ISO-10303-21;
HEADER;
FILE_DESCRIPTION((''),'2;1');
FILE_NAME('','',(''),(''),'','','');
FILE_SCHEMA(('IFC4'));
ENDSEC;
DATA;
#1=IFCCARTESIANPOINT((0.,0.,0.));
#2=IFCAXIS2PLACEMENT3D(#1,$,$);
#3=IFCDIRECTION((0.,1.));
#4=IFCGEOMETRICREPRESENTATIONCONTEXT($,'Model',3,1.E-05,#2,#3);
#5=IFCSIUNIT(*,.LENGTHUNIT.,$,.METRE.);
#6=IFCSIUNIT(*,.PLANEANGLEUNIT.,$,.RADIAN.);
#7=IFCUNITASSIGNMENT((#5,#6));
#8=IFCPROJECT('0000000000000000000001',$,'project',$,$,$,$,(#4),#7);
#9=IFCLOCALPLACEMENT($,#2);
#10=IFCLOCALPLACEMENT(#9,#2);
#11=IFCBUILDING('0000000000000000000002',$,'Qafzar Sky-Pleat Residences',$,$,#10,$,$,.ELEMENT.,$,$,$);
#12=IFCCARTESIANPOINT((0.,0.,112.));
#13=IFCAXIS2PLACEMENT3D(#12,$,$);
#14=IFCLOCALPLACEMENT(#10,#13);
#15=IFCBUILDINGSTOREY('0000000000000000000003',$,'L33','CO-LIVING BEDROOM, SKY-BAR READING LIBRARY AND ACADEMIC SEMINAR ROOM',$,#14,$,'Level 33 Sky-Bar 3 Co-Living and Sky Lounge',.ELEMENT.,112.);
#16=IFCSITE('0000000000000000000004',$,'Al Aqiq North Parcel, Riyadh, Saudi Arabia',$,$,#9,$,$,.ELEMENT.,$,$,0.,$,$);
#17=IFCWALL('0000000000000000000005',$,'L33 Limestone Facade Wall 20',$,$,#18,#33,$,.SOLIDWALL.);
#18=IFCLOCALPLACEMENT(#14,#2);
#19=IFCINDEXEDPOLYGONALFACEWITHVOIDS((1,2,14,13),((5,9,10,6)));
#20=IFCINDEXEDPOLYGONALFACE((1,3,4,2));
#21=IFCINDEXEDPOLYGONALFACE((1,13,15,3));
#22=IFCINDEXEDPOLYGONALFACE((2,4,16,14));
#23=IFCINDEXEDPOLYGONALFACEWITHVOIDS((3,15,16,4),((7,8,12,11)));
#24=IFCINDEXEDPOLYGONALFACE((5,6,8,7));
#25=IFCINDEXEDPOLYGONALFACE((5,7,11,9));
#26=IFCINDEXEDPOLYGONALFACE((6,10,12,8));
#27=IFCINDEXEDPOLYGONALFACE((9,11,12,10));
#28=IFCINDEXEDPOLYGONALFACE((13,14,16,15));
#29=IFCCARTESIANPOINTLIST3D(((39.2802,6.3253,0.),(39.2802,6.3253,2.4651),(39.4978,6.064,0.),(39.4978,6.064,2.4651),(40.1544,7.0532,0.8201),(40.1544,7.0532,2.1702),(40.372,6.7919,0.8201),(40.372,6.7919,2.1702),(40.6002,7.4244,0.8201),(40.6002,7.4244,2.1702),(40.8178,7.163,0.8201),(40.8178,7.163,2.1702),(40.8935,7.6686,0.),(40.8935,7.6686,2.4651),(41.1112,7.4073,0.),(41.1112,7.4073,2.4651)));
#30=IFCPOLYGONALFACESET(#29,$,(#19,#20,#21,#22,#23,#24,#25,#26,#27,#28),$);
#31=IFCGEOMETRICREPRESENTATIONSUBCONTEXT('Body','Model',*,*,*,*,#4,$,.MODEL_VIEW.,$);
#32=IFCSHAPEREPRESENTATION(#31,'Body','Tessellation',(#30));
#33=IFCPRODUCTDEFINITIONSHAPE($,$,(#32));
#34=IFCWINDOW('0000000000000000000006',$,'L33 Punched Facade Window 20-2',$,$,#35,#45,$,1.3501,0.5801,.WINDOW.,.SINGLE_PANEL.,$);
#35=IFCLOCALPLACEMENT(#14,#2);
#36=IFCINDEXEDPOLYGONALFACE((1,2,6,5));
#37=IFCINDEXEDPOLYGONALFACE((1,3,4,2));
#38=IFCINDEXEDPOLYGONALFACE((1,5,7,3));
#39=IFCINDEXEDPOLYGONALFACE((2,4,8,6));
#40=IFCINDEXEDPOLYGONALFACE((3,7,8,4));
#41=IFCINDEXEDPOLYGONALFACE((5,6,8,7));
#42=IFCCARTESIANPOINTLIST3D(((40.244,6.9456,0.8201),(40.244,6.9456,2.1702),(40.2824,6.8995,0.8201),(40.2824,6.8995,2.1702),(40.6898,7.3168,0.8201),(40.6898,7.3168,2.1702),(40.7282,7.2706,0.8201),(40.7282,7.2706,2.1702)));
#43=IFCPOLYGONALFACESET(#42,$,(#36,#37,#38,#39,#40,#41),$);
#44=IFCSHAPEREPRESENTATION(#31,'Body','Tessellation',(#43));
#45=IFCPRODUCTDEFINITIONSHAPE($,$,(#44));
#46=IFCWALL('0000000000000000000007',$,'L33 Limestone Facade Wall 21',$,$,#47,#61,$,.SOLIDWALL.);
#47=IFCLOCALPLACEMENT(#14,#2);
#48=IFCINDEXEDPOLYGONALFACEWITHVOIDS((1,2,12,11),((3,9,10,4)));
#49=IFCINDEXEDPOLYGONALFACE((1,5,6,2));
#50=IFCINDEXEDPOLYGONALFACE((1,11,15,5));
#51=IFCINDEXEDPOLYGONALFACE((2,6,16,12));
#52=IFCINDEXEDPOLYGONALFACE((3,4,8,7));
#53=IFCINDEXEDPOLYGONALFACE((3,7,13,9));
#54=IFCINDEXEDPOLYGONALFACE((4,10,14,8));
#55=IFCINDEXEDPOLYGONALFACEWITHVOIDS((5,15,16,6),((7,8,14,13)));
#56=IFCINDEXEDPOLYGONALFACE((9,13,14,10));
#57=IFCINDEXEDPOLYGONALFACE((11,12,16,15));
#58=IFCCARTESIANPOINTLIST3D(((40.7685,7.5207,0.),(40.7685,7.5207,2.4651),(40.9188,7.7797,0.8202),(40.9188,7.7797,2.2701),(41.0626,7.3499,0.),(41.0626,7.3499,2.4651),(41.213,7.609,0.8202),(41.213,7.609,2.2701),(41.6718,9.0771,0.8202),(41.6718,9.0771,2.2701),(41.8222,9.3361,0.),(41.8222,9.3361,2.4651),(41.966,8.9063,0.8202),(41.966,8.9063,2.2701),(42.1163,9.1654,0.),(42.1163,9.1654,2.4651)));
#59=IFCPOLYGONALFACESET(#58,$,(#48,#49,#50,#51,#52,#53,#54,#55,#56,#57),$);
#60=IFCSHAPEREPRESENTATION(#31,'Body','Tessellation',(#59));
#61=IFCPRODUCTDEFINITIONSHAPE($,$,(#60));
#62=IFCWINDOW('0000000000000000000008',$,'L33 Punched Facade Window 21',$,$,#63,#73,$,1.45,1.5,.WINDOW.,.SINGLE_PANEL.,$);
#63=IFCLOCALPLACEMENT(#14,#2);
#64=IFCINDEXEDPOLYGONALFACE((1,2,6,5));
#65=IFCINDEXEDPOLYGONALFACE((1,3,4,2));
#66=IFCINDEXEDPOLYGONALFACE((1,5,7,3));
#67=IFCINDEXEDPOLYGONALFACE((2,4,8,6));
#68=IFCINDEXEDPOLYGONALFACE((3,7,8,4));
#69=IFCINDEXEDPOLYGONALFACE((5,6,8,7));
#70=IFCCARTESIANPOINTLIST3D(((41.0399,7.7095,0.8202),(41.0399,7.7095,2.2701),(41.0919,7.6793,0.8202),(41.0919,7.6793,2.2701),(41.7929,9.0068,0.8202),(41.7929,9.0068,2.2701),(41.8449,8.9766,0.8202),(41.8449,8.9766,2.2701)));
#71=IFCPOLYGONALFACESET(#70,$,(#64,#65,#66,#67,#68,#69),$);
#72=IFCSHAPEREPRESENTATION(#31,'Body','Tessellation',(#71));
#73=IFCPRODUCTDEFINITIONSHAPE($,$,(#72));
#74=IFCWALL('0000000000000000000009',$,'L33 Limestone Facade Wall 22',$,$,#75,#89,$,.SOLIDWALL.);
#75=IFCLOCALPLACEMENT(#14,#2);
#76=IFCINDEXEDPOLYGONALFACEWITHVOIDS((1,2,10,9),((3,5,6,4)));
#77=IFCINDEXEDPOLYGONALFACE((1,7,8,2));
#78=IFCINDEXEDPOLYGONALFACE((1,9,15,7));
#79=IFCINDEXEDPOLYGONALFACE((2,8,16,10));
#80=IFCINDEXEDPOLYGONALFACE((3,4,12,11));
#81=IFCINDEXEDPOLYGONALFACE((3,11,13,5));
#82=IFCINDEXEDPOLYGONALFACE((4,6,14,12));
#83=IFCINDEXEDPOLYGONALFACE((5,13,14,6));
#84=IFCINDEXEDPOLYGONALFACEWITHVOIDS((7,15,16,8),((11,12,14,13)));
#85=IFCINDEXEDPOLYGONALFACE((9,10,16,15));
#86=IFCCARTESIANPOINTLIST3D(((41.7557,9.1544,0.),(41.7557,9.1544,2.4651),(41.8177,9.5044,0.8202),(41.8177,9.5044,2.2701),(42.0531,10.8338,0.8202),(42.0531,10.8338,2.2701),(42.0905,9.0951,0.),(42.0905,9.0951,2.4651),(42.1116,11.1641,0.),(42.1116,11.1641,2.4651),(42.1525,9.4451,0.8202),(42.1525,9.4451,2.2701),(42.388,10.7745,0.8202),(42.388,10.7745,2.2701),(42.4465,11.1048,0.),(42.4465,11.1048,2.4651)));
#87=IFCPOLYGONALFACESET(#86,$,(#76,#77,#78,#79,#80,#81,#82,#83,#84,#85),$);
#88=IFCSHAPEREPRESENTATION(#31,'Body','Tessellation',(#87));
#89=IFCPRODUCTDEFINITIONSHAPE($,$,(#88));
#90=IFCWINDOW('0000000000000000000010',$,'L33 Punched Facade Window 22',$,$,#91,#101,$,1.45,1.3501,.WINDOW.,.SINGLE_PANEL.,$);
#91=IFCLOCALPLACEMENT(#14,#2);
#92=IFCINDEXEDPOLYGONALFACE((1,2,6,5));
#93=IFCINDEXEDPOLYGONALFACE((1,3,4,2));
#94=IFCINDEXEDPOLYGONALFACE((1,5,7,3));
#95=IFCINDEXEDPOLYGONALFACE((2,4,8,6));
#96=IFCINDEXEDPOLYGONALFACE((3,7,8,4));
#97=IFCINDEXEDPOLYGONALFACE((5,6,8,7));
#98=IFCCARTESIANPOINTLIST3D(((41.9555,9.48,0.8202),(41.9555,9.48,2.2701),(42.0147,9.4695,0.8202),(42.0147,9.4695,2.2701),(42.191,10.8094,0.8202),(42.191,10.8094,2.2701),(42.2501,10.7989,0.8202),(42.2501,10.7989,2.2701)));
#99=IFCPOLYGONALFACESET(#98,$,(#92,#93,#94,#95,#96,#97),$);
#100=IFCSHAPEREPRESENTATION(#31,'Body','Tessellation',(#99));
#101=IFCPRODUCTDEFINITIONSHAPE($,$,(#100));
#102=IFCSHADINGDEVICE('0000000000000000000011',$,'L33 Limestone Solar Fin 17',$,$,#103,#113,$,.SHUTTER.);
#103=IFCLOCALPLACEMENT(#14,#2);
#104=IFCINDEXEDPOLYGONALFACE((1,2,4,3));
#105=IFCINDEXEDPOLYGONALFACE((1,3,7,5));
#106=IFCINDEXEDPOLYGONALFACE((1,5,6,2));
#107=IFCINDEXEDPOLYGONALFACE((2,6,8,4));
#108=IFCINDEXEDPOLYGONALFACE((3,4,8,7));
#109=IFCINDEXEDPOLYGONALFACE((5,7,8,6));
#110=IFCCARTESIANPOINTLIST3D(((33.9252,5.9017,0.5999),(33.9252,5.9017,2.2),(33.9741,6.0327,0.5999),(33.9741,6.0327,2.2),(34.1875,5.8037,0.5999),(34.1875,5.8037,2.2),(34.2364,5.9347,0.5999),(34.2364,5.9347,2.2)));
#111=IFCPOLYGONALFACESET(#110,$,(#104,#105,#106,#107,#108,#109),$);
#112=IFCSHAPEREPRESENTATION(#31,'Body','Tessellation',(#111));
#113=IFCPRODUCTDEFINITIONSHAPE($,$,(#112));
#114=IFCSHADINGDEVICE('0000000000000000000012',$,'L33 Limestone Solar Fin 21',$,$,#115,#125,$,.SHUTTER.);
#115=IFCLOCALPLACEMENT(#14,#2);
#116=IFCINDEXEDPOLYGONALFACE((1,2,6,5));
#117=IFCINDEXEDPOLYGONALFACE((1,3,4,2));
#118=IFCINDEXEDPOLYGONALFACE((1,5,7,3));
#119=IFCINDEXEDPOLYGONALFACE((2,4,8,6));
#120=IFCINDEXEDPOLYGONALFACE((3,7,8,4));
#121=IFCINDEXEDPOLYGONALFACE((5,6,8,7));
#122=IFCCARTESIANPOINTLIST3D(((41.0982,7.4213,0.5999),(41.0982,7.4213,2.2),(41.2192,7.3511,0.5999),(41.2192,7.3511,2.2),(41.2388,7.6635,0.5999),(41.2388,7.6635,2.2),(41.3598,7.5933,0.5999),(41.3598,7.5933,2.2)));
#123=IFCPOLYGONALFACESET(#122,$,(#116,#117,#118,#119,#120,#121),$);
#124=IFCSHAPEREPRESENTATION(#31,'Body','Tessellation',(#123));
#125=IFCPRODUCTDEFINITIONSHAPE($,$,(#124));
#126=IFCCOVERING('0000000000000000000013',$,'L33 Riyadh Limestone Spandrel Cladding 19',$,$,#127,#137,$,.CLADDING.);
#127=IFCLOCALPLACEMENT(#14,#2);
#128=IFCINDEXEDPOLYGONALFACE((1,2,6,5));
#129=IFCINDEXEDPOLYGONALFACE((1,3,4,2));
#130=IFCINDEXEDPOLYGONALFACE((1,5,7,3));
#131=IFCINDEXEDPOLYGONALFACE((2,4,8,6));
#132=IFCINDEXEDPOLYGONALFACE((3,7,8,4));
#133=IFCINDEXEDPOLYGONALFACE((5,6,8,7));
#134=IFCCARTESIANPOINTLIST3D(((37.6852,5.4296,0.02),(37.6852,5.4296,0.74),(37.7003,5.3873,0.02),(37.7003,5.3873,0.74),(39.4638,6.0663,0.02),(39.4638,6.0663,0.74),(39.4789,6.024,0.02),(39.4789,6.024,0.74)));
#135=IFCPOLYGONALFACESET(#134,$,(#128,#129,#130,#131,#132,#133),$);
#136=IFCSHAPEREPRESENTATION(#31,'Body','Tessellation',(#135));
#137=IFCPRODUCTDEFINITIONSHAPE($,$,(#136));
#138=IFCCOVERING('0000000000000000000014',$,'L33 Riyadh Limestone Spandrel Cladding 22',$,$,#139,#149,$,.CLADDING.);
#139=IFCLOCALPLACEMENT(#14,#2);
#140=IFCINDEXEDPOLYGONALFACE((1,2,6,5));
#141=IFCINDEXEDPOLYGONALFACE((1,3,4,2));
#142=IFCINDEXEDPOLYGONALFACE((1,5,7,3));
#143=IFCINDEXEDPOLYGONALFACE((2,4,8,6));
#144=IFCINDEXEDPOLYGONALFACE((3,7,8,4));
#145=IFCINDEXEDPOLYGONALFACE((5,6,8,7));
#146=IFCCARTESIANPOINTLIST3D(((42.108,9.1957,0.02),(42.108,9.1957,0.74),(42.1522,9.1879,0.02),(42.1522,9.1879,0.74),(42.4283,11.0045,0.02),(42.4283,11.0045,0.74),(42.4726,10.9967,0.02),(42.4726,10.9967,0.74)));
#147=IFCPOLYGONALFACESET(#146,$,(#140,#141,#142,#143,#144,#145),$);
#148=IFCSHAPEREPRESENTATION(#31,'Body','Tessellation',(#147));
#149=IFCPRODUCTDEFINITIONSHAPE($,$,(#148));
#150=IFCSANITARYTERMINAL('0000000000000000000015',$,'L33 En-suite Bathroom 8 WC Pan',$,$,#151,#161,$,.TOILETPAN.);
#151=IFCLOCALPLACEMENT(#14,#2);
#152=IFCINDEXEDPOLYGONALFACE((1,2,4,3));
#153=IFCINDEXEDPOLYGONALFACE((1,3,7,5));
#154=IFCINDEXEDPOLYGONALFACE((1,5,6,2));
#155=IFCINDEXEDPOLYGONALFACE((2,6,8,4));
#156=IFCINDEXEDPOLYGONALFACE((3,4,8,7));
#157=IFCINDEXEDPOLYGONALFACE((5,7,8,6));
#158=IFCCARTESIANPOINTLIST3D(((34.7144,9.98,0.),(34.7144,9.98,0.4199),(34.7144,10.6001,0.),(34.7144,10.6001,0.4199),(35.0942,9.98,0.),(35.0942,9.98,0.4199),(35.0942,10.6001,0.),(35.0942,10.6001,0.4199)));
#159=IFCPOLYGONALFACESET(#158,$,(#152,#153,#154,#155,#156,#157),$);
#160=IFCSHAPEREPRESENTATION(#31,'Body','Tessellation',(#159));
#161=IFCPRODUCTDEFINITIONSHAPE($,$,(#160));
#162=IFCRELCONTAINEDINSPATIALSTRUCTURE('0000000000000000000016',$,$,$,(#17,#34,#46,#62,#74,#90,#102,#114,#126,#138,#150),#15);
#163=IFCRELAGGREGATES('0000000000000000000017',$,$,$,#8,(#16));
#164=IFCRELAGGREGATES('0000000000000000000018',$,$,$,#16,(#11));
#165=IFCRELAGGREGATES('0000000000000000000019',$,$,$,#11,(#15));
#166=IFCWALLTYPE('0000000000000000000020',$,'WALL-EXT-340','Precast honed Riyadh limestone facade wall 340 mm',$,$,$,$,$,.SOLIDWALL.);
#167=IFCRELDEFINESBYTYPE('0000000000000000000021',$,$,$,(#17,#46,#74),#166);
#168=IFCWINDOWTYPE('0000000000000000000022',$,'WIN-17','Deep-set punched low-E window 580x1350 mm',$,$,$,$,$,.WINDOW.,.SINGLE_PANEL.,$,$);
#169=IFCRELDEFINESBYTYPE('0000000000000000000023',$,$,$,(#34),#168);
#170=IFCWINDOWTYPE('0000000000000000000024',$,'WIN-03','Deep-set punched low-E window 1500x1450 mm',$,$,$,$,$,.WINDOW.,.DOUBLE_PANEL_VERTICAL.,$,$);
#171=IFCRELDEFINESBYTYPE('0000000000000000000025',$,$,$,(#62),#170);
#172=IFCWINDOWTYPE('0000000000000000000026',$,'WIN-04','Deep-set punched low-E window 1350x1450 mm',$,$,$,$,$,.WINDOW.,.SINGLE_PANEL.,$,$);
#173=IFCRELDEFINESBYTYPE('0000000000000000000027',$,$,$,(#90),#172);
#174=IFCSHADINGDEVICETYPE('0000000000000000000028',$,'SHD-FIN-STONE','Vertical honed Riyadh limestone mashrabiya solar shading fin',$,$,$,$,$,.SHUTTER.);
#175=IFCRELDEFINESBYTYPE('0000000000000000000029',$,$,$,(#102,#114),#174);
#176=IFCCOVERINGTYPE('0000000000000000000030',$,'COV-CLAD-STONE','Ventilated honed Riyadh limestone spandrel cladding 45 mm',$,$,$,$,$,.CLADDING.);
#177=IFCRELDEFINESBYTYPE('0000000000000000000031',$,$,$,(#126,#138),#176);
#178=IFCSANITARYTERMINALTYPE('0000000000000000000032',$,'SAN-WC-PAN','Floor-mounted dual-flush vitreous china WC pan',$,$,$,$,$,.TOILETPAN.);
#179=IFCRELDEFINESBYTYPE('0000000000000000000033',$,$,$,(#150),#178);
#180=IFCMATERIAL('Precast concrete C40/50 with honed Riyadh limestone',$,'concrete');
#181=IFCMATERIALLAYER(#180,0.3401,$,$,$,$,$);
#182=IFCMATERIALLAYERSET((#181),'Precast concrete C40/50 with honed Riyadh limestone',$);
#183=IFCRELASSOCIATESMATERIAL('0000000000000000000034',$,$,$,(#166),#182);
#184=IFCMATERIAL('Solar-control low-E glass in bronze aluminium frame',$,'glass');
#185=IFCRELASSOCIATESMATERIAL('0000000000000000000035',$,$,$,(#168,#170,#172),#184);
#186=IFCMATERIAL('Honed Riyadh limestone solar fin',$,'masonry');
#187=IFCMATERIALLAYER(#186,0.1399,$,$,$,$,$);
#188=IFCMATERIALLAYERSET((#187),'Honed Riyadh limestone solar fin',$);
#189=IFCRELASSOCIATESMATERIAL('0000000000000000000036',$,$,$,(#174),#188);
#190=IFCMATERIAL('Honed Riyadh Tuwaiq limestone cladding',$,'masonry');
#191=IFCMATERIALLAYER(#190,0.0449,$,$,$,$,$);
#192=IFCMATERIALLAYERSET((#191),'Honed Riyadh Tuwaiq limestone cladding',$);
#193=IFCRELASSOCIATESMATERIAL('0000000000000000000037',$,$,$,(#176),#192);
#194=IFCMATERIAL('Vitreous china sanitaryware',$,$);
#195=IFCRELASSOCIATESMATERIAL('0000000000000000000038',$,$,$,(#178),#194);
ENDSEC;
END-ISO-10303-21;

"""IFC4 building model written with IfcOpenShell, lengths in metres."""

from ifc_helpers import new_model, si_unit, direction, frame, frame_2d, origin, origin_2d, place, context, subcontext, project, spatial, rectangle, extrude, source, transform, mapped, material, layer, layer_set, type_object, element, fill, save


model = new_model("IFC4")

# Units and contexts
model_context = context("Model", 3, precision=1e-05, world=origin(), true_north=direction((0.0, 1.0)))
body_context = subcontext(model_context, "Body", "Model", "MODEL_VIEW")
ifc_project = project(units=[si_unit("LENGTHUNIT", "METRE"), si_unit("PLANEANGLEUNIT", "RADIAN")], contexts=[model_context])

# Site, building, storey
site_placement = place(None, origin())
site = spatial("IfcSite", under=ifc_project, at=site_placement, Name="Al Aqiq North Parcel, Riyadh, Saudi Arabia", CompositionType="ELEMENT", RefElevation=0.0)
building_placement = place(site_placement, origin())
building = spatial("IfcBuilding", under=site, at=building_placement, Name="Qafzar Sky-Pleat Residences", CompositionType="ELEMENT")
storey_placement = place(building_placement, frame((0.0, 0.0, 112.0)))
storey = spatial("IfcBuildingStorey", under=building, at=storey_placement, Name="L33", Description="CO-LIVING BEDROOM, SKY-BAR READING LIBRARY AND ACADEMIC SEMINAR ROOM", LongName="Level 33 Sky-Bar 3 Co-Living and Sky Lounge", CompositionType="ELEMENT", Elevation=112.0)

# Walls, openings, windows
ifc_material_1 = material(Name="Precast concrete C40/50 with honed Riyadh limestone", Category="concrete")
ifc_layer_1 = layer(ifc_material_1, 0.3401)
ifc_layer_set_1 = layer_set([ifc_layer_1], Name="Precast concrete C40/50 with honed Riyadh limestone")
wall_type_1 = type_object("IfcWallType", Name="WALL-EXT-340", Description="Precast honed Riyadh limestone facade wall 340 mm", PredefinedType="SOLIDWALL", material=ifc_layer_set_1)
ifc_material_2 = material(Name="Solar-control low-E glass in bronze aluminium frame", Category="glass")
wall_1_placement = place(storey_placement, frame((39.3889, 6.1946, 0.0), z_axis=(0.0, 0.0, 1.0), x_axis=(0.768488, 0.639864, 0.0)))
wall_1 = element("IfcWall", 1, at=wall_1_placement, inside=storey, type_object=wall_type_1, Name="L33 Limestone Facade Wall 20", PredefinedType="SOLIDWALL", context=body_context, shape_type="SweptSolid", body=[
    extrude(rectangle(XDim=2.0994, YDim=0.3401, at=frame_2d((1.0498, 0.0))), origin(), (0.0, 0.0, 1.0), 2.4651),
])
opening_1_placement = place(wall_1_placement, frame((1.1377, 0.0, 0.8201)))
opening_1 = element("IfcOpeningElement", 2, at=opening_1_placement, cuts=wall_1, PredefinedType="OPENING", context=body_context, shape_type="SweptSolid", body=[
    extrude(rectangle(XDim=0.5801, YDim=1.3501, at=frame_2d((0.29, 0.675))), frame((0.0, 0.1802, 0.0), z_axis=(0.0, -1.0, 0.0), x_axis=(1.0, 0.0, 0.0)), (0.0, 0.0, 1.0), 0.3601),
])
window_type_1 = type_object("IfcWindowType", Name="WIN-17", Description="Deep-set punched low-E window 580x1350 mm", PartitioningType="SINGLE_PANEL", PredefinedType="WINDOW", material=ifc_material_2)
shared_shape_1 = source(origin(), body_context, "Body", "SweptSolid", [
    extrude(rectangle(XDim=0.5801, YDim=1.3501, at=frame_2d((0.29, 0.675))), frame((0.0, 0.03, 0.0), z_axis=(0.0, -1.0, 0.0), x_axis=(1.0, 0.0, 0.0)), (0.0, 0.0, 1.0), 0.0601),
])
window_1_placement = place(opening_1_placement, origin())
window_1 = element("IfcWindow", 3, at=window_1_placement, inside=storey, type_object=window_type_1, Name="L33 Punched Facade Window 20-2", OverallHeight=1.3501, OverallWidth=0.5801, PartitioningType="SINGLE_PANEL", PredefinedType="WINDOW", context=body_context, shape_type="MappedRepresentation", body=[
    mapped(shared_shape_1, transform((0.0, 0.0, 0.0), x_axis=(1.0, 0.0, 0.0), y_axis=(0.0, 1.0, 0.0), z_axis=(0.0, 0.0, 1.0), scale=1.0)),
])
fill(opening_1, window_1)
wall_2_placement = place(storey_placement, frame((40.9155, 7.4353, 0.0), z_axis=(0.0, 0.0, 1.0), x_axis=(0.50199, 0.864874, 0.0)))
wall_2 = element("IfcWall", 4, at=wall_2_placement, inside=storey, type_object=wall_type_1, Name="L33 Limestone Facade Wall 21", PredefinedType="SOLIDWALL", context=body_context, shape_type="SweptSolid", body=[
    extrude(rectangle(XDim=2.0991, YDim=0.3401, at=frame_2d((1.0496, 0.0))), origin(), (0.0, 0.0, 1.0), 2.4651),
])
opening_2_placement = place(wall_2_placement, frame((0.2996, 0.0, 0.8201)))
opening_2 = element("IfcOpeningElement", 5, at=opening_2_placement, cuts=wall_2, PredefinedType="OPENING", context=body_context, shape_type="SweptSolid", body=[
    extrude(rectangle(XDim=1.5, YDim=1.45, at=frame_2d((0.75, 0.7251))), frame((0.0, 0.1802, 0.0), z_axis=(0.0, -1.0, 0.0), x_axis=(1.0, 0.0, 0.0)), (0.0, 0.0, 1.0), 0.3601),
])
window_type_2 = type_object("IfcWindowType", Name="WIN-03", Description="Deep-set punched low-E window 1500x1450 mm", PartitioningType="DOUBLE_PANEL_VERTICAL", PredefinedType="WINDOW", material=ifc_material_2)
shared_shape_2 = source(origin(), body_context, "Body", "SweptSolid", [
    extrude(rectangle(XDim=1.5, YDim=1.45, at=frame_2d((0.75, 0.7251))), frame((0.0, 0.03, 0.0), z_axis=(0.0, -1.0, 0.0), x_axis=(1.0, 0.0, 0.0)), (0.0, 0.0, 1.0), 0.0601),
])
window_2_placement = place(opening_2_placement, origin())
window_2 = element("IfcWindow", 6, at=window_2_placement, inside=storey, type_object=window_type_2, Name="L33 Punched Facade Window 21", OverallHeight=1.45, OverallWidth=1.5, PartitioningType="SINGLE_PANEL", PredefinedType="WINDOW", context=body_context, shape_type="MappedRepresentation", body=[
    mapped(shared_shape_2, transform((0.0, 0.0, 0.0), x_axis=(1.0, 0.0, 0.0), y_axis=(0.0, 1.0, 0.0), z_axis=(0.0, 0.0, 1.0), scale=1.0)),
])
fill(opening_2, window_2)
wall_3_placement = place(storey_placement, frame((41.9231, 9.1248, 0.0), z_axis=(0.0, 0.0, 1.0), x_axis=(0.174399, 0.984675, 0.0)))
wall_3 = element("IfcWall", 7, at=wall_3_placement, inside=storey, type_object=wall_type_1, Name="L33 Limestone Facade Wall 22", PredefinedType="SOLIDWALL", context=body_context, shape_type="SweptSolid", body=[
    extrude(rectangle(XDim=2.041, YDim=0.3401, at=frame_2d((1.0205, 0.0))), origin(), (0.0, 0.0, 1.0), 2.4651),
])
opening_3_placement = place(wall_3_placement, frame((0.3555, 0.0, 0.8201)))
opening_3 = element("IfcOpeningElement", 8, at=opening_3_placement, cuts=wall_3, PredefinedType="OPENING", context=body_context, shape_type="SweptSolid", body=[
    extrude(rectangle(XDim=1.3501, YDim=1.45, at=frame_2d((0.675, 0.7251))), frame((0.0, 0.1802, 0.0), z_axis=(0.0, -1.0, 0.0), x_axis=(1.0, 0.0, 0.0)), (0.0, 0.0, 1.0), 0.3601),
])
window_type_3 = type_object("IfcWindowType", Name="WIN-04", Description="Deep-set punched low-E window 1350x1450 mm", PartitioningType="SINGLE_PANEL", PredefinedType="WINDOW", material=ifc_material_2)
shared_shape_3 = source(origin(), body_context, "Body", "SweptSolid", [
    extrude(rectangle(XDim=1.3501, YDim=1.45, at=frame_2d((0.675, 0.7251))), frame((0.0, 0.03, 0.0), z_axis=(0.0, -1.0, 0.0), x_axis=(1.0, 0.0, 0.0)), (0.0, 0.0, 1.0), 0.0601),
])
window_3_placement = place(opening_3_placement, origin())
window_3 = element("IfcWindow", 9, at=window_3_placement, inside=storey, type_object=window_type_3, Name="L33 Punched Facade Window 22", OverallHeight=1.45, OverallWidth=1.3501, PartitioningType="SINGLE_PANEL", PredefinedType="WINDOW", context=body_context, shape_type="MappedRepresentation", body=[
    mapped(shared_shape_3, transform((0.0, 0.0, 0.0), x_axis=(1.0, 0.0, 0.0), y_axis=(0.0, 1.0, 0.0), z_axis=(0.0, 0.0, 1.0), scale=1.0)),
])
fill(opening_3, window_3)

# Shading devices
ifc_material_3 = material(Name="Honed Riyadh limestone solar fin", Category="masonry")
ifc_layer_2 = layer(ifc_material_3, 0.1399)
ifc_layer_set_2 = layer_set([ifc_layer_2], Name="Honed Riyadh limestone solar fin")
shading_device_type = type_object("IfcShadingDeviceType", Name="SHD-FIN-STONE", Description="Vertical honed Riyadh limestone mashrabiya solar shading fin", PredefinedType="SHUTTER", material=ifc_layer_set_2)
shared_shape_4 = source(origin(), body_context, "Body", "SweptSolid", [
    extrude(rectangle(XDim=0.1399, YDim=0.28, at=origin_2d()), origin(), (0.0, 0.0, 1.0), 1.6001),
])
for number, where, z_axis, x_axis, name in (
    (10, (34.0808, 5.9182, 0.5999), (0.0, 0.0, 1.0), (-0.349883, -0.936794, 0.0), "L33 Limestone Solar Fin 17"),
    (11, (41.229, 7.5073, 0.5999), (0.0, 0.0, 1.0), (0.864874, -0.501989, 0.0), "L33 Limestone Solar Fin 21"),
):
    element("IfcShadingDevice", number, at=place(storey_placement, frame(where, z_axis=z_axis, x_axis=x_axis)), inside=storey, type_object=shading_device_type, Name=name, PredefinedType="SHUTTER", context=body_context, shape_type="MappedRepresentation", body=[
        mapped(shared_shape_4, transform((0.0, 0.0, 0.0), x_axis=(1.0, 0.0, 0.0), y_axis=(0.0, 1.0, 0.0), z_axis=(0.0, 0.0, 1.0), scale=1.0)),
    ])

# Coverings
ifc_material_4 = material(Name="Honed Riyadh Tuwaiq limestone cladding", Category="masonry")
ifc_layer_3 = layer(ifc_material_4, 0.0449)
ifc_layer_set_3 = layer_set([ifc_layer_3], Name="Honed Riyadh Tuwaiq limestone cladding")
covering_type = type_object("IfcCoveringType", Name="COV-CLAD-STONE", Description="Ventilated honed Riyadh limestone spandrel cladding 45 mm", PredefinedType="CLADDING", material=ifc_layer_set_3)
shared_shape_5 = source(origin(), body_context, "Body", "SweptSolid", [
    extrude(rectangle(XDim=1.8892, YDim=0.0449, at=origin_2d()), origin(), (0.0, 0.0, 1.0), 0.72),
])
covering_1_placement = place(storey_placement, frame((38.582, 5.7268, 0.02), z_axis=(0.0, 0.0, 1.0), x_axis=(0.941483, 0.337061, 0.0)))
element("IfcCovering", 12, at=covering_1_placement, inside=storey, type_object=covering_type, Name="L33 Riyadh Limestone Spandrel Cladding 19", PredefinedType="CLADDING", context=body_context, shape_type="MappedRepresentation", body=[
    mapped(shared_shape_5, transform((0.0, 0.0, 0.0), x_axis=(1.0, 0.0, 0.0), y_axis=(0.0, 1.0, 0.0), z_axis=(0.0, 0.0, 1.0), scale=1.0)),
])
shared_shape_6 = source(origin(), body_context, "Body", "SweptSolid", [
    extrude(rectangle(XDim=1.8369, YDim=0.0449, at=origin_2d()), origin(), (0.0, 0.0, 1.0), 0.72),
])
covering_2_placement = place(storey_placement, frame((42.2903, 10.0962, 0.02), z_axis=(0.0, 0.0, 1.0), x_axis=(0.174369, 0.98468, 0.0)))
element("IfcCovering", 13, at=covering_2_placement, inside=storey, type_object=covering_type, Name="L33 Riyadh Limestone Spandrel Cladding 22", PredefinedType="CLADDING", context=body_context, shape_type="MappedRepresentation", body=[
    mapped(shared_shape_6, transform((0.0, 0.0, 0.0), x_axis=(1.0, 0.0, 0.0), y_axis=(0.0, 1.0, 0.0), z_axis=(0.0, 0.0, 1.0), scale=1.0)),
])

# Sanitary terminal
ifc_material_5 = material(Name="Vitreous china sanitaryware")
sanitary_terminal_type_1 = type_object("IfcSanitaryTerminalType", Name="SAN-WC-PAN", Description="Floor-mounted dual-flush vitreous china WC pan", PredefinedType="TOILETPAN", material=ifc_material_5)
shared_shape_7 = source(origin(), body_context, "Body", "SweptSolid", [
    extrude(rectangle(XDim=0.3799, YDim=0.6201, at=origin_2d()), origin(), (0.0, 0.0, 1.0), 0.4199),
])
sanitary_terminal_1_placement = place(storey_placement, frame((34.9043, 10.29, 0.0), z_axis=(0.0, 0.0, 1.0), x_axis=(1.0, 0.0, 0.0)))
element("IfcSanitaryTerminal", 14, at=sanitary_terminal_1_placement, inside=storey, type_object=sanitary_terminal_type_1, Name="L33 En-suite Bathroom 8 WC Pan", PredefinedType="TOILETPAN", context=body_context, shape_type="MappedRepresentation", body=[
    mapped(shared_shape_7, transform((0.0, 0.0, 0.0), x_axis=(1.0, 0.0, 0.0), y_axis=(0.0, 1.0, 0.0), z_axis=(0.0, 0.0, 1.0), scale=1.0)),
])

save(model, "model.ifc")
